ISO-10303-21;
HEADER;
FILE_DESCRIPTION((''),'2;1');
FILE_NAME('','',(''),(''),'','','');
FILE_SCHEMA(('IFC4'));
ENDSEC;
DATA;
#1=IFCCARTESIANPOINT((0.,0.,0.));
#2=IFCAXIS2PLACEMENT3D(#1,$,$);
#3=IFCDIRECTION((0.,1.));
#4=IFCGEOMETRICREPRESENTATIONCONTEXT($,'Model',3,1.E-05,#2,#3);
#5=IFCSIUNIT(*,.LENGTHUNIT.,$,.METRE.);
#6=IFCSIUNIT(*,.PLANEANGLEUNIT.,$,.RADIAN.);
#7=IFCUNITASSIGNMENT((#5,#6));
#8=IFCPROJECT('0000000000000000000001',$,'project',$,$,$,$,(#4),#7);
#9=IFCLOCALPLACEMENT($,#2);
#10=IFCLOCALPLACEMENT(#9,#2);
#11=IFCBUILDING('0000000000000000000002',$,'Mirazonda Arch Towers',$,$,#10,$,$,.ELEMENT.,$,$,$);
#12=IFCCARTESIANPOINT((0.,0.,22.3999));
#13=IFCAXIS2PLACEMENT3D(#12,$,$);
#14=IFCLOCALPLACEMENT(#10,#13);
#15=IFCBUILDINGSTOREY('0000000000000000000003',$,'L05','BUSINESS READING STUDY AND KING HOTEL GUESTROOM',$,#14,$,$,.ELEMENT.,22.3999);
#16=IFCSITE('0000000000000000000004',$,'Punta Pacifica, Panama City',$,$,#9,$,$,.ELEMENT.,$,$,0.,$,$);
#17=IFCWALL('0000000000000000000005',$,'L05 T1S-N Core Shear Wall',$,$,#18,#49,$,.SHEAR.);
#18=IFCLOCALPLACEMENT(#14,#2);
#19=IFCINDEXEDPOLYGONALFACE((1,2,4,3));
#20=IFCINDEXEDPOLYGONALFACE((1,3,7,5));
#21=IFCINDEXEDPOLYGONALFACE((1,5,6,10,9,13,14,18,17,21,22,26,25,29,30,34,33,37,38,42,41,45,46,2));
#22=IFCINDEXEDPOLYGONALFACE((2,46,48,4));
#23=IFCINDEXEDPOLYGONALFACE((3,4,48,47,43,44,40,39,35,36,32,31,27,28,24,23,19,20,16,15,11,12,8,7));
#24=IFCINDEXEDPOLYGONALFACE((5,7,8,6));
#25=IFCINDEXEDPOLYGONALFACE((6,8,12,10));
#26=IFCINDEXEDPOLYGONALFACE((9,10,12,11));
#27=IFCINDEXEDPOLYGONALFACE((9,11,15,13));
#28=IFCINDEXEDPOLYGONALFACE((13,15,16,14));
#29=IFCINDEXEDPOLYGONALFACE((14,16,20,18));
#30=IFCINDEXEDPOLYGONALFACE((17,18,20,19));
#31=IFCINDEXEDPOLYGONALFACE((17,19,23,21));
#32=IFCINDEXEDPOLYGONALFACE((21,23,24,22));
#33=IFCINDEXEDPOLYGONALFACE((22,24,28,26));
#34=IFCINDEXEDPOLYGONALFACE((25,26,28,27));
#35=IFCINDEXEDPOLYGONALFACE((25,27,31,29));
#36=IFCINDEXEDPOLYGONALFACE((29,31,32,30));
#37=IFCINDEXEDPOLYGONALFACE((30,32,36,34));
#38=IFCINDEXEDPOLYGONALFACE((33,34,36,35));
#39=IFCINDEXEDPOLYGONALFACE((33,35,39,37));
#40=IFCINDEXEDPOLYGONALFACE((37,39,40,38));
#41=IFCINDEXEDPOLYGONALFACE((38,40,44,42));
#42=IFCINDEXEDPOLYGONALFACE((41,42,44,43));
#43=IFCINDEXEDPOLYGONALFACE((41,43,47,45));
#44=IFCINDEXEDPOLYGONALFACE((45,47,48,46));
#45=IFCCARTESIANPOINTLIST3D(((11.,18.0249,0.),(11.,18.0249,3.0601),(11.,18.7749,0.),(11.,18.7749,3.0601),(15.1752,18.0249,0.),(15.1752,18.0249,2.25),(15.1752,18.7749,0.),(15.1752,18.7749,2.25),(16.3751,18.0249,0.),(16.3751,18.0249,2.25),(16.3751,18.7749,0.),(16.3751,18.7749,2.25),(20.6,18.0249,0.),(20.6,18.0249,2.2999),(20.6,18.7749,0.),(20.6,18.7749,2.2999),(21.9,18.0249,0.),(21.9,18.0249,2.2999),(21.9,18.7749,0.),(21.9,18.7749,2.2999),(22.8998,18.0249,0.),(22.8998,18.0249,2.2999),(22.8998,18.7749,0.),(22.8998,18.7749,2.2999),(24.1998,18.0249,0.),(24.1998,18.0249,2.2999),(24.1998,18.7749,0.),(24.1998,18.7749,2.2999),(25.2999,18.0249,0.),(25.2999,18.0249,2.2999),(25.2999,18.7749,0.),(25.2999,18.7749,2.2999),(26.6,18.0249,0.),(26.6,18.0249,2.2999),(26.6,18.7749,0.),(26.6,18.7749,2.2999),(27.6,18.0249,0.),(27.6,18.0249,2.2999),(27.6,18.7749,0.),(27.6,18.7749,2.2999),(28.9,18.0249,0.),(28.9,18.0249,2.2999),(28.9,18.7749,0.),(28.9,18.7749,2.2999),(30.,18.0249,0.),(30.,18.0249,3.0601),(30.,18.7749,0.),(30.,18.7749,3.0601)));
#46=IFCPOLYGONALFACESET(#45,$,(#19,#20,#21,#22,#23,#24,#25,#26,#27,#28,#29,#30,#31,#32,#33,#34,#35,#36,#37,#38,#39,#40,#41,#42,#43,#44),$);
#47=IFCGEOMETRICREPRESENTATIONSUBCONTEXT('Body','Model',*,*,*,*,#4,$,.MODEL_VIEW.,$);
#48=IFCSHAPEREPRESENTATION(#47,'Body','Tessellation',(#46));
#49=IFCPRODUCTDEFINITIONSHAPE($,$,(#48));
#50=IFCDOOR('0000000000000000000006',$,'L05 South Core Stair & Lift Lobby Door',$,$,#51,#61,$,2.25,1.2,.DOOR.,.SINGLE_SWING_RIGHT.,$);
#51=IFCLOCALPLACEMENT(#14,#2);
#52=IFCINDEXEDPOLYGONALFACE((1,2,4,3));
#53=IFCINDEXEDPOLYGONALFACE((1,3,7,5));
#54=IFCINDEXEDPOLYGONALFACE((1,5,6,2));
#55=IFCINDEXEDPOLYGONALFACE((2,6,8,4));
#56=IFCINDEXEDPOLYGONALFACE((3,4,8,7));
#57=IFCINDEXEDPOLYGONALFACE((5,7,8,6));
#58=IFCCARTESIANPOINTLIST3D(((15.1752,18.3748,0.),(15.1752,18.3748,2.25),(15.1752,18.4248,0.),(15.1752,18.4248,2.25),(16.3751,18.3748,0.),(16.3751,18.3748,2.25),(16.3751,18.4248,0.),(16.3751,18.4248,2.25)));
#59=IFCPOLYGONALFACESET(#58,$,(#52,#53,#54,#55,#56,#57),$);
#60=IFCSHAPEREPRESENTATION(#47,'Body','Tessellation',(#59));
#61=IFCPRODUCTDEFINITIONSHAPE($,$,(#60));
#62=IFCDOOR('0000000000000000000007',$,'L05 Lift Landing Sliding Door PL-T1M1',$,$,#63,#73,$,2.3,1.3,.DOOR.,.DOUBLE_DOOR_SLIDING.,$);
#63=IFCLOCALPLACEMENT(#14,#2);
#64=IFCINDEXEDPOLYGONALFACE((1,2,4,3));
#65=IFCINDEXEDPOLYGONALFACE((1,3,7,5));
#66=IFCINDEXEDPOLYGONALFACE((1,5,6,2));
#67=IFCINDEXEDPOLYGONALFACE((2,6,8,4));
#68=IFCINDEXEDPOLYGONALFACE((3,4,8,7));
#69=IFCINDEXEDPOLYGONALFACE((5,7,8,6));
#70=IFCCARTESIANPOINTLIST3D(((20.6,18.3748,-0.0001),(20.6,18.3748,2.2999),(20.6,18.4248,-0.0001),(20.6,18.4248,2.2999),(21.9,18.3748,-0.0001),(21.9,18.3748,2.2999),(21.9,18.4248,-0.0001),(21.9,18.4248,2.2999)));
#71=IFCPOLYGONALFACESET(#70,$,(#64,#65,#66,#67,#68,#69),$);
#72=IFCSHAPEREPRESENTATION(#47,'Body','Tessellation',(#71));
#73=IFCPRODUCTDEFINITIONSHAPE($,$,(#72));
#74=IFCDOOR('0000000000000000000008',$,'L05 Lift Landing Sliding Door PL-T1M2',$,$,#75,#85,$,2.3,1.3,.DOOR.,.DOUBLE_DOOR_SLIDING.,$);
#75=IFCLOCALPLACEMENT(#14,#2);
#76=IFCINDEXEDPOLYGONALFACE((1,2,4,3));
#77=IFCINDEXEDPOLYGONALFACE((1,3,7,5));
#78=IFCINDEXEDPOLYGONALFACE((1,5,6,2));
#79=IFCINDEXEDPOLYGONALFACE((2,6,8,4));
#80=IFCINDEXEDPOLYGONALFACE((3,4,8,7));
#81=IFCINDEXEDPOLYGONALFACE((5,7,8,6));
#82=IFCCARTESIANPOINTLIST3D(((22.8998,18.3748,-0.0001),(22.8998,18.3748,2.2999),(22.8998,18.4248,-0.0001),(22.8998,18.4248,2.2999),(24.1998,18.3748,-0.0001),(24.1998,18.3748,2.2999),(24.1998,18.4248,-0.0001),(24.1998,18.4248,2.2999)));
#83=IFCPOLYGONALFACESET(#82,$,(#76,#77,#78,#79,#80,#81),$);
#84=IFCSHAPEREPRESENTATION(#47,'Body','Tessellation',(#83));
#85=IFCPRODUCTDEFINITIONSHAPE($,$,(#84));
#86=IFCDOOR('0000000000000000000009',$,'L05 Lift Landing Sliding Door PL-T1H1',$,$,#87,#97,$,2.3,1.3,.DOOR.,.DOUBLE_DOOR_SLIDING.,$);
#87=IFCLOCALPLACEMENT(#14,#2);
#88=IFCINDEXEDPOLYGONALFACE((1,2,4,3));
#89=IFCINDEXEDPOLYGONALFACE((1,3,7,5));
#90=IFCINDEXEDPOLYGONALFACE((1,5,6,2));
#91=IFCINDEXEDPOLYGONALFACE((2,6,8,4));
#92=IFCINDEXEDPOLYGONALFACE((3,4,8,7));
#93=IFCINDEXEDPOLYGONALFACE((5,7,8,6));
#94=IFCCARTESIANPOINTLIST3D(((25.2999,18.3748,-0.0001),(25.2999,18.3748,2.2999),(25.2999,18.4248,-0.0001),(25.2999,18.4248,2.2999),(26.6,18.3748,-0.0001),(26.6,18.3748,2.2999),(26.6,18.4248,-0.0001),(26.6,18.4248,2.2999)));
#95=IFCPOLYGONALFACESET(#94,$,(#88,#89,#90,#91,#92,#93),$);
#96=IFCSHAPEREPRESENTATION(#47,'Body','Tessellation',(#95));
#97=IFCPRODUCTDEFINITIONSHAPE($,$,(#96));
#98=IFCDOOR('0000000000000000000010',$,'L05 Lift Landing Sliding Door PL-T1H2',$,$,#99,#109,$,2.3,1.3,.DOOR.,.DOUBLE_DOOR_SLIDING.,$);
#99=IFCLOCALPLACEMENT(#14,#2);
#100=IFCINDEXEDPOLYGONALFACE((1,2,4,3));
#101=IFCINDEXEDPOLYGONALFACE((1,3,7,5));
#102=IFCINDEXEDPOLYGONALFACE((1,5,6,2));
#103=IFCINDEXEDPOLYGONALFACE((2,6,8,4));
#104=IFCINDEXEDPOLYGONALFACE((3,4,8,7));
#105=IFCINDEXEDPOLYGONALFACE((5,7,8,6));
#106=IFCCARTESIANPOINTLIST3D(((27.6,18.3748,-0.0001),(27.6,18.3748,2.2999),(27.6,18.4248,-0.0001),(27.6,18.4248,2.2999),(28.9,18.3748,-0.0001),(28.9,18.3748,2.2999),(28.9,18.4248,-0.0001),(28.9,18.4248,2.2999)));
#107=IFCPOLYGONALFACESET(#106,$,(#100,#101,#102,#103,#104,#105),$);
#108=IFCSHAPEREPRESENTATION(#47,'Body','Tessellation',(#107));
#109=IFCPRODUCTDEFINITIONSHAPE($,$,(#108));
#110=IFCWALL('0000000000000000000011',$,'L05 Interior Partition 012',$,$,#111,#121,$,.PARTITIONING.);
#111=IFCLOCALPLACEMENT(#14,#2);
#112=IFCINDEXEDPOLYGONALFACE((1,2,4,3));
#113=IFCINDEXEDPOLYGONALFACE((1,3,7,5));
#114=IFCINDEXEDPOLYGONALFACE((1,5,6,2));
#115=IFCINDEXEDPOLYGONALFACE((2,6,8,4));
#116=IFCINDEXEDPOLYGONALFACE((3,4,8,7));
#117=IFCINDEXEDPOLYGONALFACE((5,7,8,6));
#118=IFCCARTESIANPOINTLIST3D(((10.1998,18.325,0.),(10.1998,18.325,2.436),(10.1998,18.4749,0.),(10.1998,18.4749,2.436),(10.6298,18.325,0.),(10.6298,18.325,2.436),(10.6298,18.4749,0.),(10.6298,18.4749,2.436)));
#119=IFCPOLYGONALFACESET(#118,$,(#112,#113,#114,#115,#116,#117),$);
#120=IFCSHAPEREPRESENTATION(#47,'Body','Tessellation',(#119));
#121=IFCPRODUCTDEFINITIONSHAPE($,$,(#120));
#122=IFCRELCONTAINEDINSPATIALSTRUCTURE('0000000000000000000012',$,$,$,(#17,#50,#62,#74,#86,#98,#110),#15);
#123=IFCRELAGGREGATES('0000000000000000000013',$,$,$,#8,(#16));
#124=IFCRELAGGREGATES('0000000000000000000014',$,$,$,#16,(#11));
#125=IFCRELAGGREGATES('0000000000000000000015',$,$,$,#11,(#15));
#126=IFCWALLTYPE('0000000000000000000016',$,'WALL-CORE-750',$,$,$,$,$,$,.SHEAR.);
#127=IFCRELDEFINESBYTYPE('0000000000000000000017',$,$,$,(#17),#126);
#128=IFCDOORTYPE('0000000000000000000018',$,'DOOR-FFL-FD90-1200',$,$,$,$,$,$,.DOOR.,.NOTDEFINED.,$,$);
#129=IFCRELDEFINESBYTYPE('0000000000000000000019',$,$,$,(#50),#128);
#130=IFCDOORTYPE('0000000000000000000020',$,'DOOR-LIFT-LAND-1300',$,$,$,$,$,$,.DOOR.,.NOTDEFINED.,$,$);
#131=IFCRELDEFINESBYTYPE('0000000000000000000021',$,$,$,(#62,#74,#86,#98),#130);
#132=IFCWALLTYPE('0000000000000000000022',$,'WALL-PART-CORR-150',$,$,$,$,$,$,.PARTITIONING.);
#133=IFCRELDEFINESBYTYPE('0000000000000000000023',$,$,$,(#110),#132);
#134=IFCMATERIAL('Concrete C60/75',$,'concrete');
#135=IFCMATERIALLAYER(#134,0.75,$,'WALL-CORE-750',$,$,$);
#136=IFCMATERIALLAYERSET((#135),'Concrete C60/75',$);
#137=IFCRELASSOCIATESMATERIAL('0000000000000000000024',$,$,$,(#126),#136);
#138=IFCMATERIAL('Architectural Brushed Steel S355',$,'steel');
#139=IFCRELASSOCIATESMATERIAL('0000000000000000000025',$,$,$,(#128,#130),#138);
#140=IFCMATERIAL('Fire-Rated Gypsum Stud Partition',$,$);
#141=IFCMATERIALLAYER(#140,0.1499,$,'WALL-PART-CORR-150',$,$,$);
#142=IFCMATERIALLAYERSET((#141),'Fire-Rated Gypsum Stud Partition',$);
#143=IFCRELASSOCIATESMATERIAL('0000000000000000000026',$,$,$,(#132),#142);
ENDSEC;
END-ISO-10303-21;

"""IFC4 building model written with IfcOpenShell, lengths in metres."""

from ifc_helpers import new_model, si_unit, direction, frame, frame_2d, origin, place, context, subcontext, project, spatial, rectangle, extrude, material, layer, layer_set, type_object, element, fill, save


model = new_model("IFC4")

# Units and contexts
model_context = context("Model", 3, precision=1e-05, world=origin(), true_north=direction((0.0, 1.0)))
body_context = subcontext(model_context, "Body", "Model", "MODEL_VIEW")
ifc_project = project(units=[si_unit("LENGTHUNIT", "METRE"), si_unit("PLANEANGLEUNIT", "RADIAN")], contexts=[model_context])

# Site, building, storey
site_placement = place(None, origin())
site = spatial("IfcSite", under=ifc_project, at=site_placement, Name="Punta Pacifica, Panama City", CompositionType="ELEMENT", RefElevation=0.0)
building_placement = place(site_placement, origin())
building = spatial("IfcBuilding", under=site, at=building_placement, Name="Mirazonda Arch Towers", CompositionType="ELEMENT")
storey_placement = place(building_placement, frame((0.0, 0.0, 22.3999)))
storey = spatial("IfcBuildingStorey", under=building, at=storey_placement, Name="L05", Description="BUSINESS READING STUDY AND KING HOTEL GUESTROOM", CompositionType="ELEMENT", Elevation=22.3999)

# Shared definitions
ifc_material_1 = material(Name="Concrete C60/75", Category="concrete")

# Shared definitions
ifc_material_2 = material(Name="Architectural Brushed Steel S355", Category="steel")

# Wall, openings, doors
ifc_layer_1 = layer(ifc_material_1, 0.75, Name="WALL-CORE-750")
ifc_layer_set_1 = layer_set([ifc_layer_1], Name="Concrete C60/75")
wall_type_1 = type_object("IfcWallType", Name="WALL-CORE-750", PredefinedType="SHEAR", material=ifc_layer_set_1)
wall_1_placement = place(storey_placement, frame((11.0, 18.3999, 0.0), z_axis=(0.0, 0.0, 1.0), x_axis=(1.0, 0.0, 0.0)))
wall_1 = element("IfcWall", 1, at=wall_1_placement, inside=storey, type_object=wall_type_1, Name="L05 T1S-N Core Shear Wall", PredefinedType="SHEAR", context=body_context, shape_type="SweptSolid", body=[
    extrude(rectangle(XDim=19.0, YDim=0.75, at=frame_2d((9.5, 0.0))), origin(), (0.0, 0.0, 1.0), 3.0601),
])
opening_1_placement = place(wall_1_placement, frame((4.175, 0.0, 0.0)))
opening_1 = element("IfcOpeningElement", 2, at=opening_1_placement, cuts=wall_1, PredefinedType="OPENING", context=body_context, shape_type="SweptSolid", body=[
    extrude(rectangle(XDim=1.2, YDim=2.25, at=frame_2d((0.6001, 1.125))), frame((0.0, 0.385, 0.0), z_axis=(0.0, -1.0, 0.0), x_axis=(1.0, 0.0, 0.0)), (0.0, 0.0, 1.0), 0.77),
])
opening_2_placement = place(wall_1_placement, frame((9.6001, 0.0, 0.0)))
opening_2 = element("IfcOpeningElement", 3, at=opening_2_placement, cuts=wall_1, PredefinedType="OPENING", context=body_context, shape_type="SweptSolid", body=[
    extrude(rectangle(XDim=1.3, YDim=2.3, at=frame_2d((0.6499, 1.1499))), frame((0.0, 0.385, 0.0), z_axis=(0.0, -1.0, 0.0), x_axis=(1.0, 0.0, 0.0)), (0.0, 0.0, 1.0), 0.77),
])
opening_3_placement = place(wall_1_placement, frame((11.8999, 0.0, 0.0)))
opening_3 = element("IfcOpeningElement", 4, at=opening_3_placement, cuts=wall_1, PredefinedType="OPENING", context=body_context, shape_type="SweptSolid", body=[
    extrude(rectangle(XDim=1.3, YDim=2.3, at=frame_2d((0.6499, 1.1499))), frame((0.0, 0.385, 0.0), z_axis=(0.0, -1.0, 0.0), x_axis=(1.0, 0.0, 0.0)), (0.0, 0.0, 1.0), 0.77),
])
opening_4_placement = place(wall_1_placement, frame((14.3, 0.0, 0.0)))
opening_4 = element("IfcOpeningElement", 5, at=opening_4_placement, cuts=wall_1, PredefinedType="OPENING", context=body_context, shape_type="SweptSolid", body=[
    extrude(rectangle(XDim=1.3, YDim=2.3, at=frame_2d((0.6499, 1.1499))), frame((0.0, 0.385, 0.0), z_axis=(0.0, -1.0, 0.0), x_axis=(1.0, 0.0, 0.0)), (0.0, 0.0, 1.0), 0.77),
])
opening_5_placement = place(wall_1_placement, frame((16.6001, 0.0, 0.0)))
opening_5 = element("IfcOpeningElement", 6, at=opening_5_placement, cuts=wall_1, PredefinedType="OPENING", context=body_context, shape_type="SweptSolid", body=[
    extrude(rectangle(XDim=1.3, YDim=2.3, at=frame_2d((0.6499, 1.1499))), frame((0.0, 0.385, 0.0), z_axis=(0.0, -1.0, 0.0), x_axis=(1.0, 0.0, 0.0)), (0.0, 0.0, 1.0), 0.77),
])
door_type_1 = type_object("IfcDoorType", Name="DOOR-FFL-FD90-1200", OperationType="NOTDEFINED", PredefinedType="DOOR", material=ifc_material_2)
door_1_placement = place(opening_1_placement, origin())
door_1 = element("IfcDoor", 7, at=door_1_placement, inside=storey, type_object=door_type_1, Name="L05 South Core Stair & Lift Lobby Door", OperationType="SINGLE_SWING_RIGHT", OverallHeight=2.25, OverallWidth=1.2, PredefinedType="DOOR", context=body_context, shape_type="SweptSolid", body=[
    extrude(rectangle(XDim=1.2, YDim=2.25, at=frame_2d((0.6001, 1.125))), frame((0.0, 0.0249, 0.0), z_axis=(0.0, -1.0, 0.0), x_axis=(1.0, 0.0, 0.0)), (0.0, 0.0, 1.0), 0.05),
])
fill(opening_1, door_1)
door_type_2 = type_object("IfcDoorType", Name="DOOR-LIFT-LAND-1300", OperationType="NOTDEFINED", PredefinedType="DOOR", material=ifc_material_2)
door_2_placement = place(opening_2_placement, origin())
door_2 = element("IfcDoor", 8, at=door_2_placement, inside=storey, type_object=door_type_2, Name="L05 Lift Landing Sliding Door PL-T1M1", OperationType="DOUBLE_DOOR_SLIDING", OverallHeight=2.3, OverallWidth=1.3, PredefinedType="DOOR", context=body_context, shape_type="SweptSolid", body=[
    extrude(rectangle(XDim=1.3, YDim=2.3, at=frame_2d((0.6499, 1.1499))), frame((0.0, 0.0249, 0.0), z_axis=(0.0, -1.0, 0.0), x_axis=(1.0, 0.0, 0.0)), (0.0, 0.0, 1.0), 0.05),
])
fill(opening_2, door_2)
door_3_placement = place(opening_3_placement, origin())
door_3 = element("IfcDoor", 9, at=door_3_placement, inside=storey, type_object=door_type_2, Name="L05 Lift Landing Sliding Door PL-T1M2", OperationType="DOUBLE_DOOR_SLIDING", OverallHeight=2.3, OverallWidth=1.3, PredefinedType="DOOR", context=body_context, shape_type="SweptSolid", body=[
    extrude(rectangle(XDim=1.3, YDim=2.3, at=frame_2d((0.6499, 1.1499))), frame((0.0, 0.0249, 0.0), z_axis=(0.0, -1.0, 0.0), x_axis=(1.0, 0.0, 0.0)), (0.0, 0.0, 1.0), 0.05),
])
fill(opening_3, door_3)
door_4_placement = place(opening_4_placement, origin())
door_4 = element("IfcDoor", 10, at=door_4_placement, inside=storey, type_object=door_type_2, Name="L05 Lift Landing Sliding Door PL-T1H1", OperationType="DOUBLE_DOOR_SLIDING", OverallHeight=2.3, OverallWidth=1.3, PredefinedType="DOOR", context=body_context, shape_type="SweptSolid", body=[
    extrude(rectangle(XDim=1.3, YDim=2.3, at=frame_2d((0.6499, 1.1499))), frame((0.0, 0.0249, 0.0), z_axis=(0.0, -1.0, 0.0), x_axis=(1.0, 0.0, 0.0)), (0.0, 0.0, 1.0), 0.05),
])
fill(opening_4, door_4)
door_5_placement = place(opening_5_placement, origin())
door_5 = element("IfcDoor", 11, at=door_5_placement, inside=storey, type_object=door_type_2, Name="L05 Lift Landing Sliding Door PL-T1H2", OperationType="DOUBLE_DOOR_SLIDING", OverallHeight=2.3, OverallWidth=1.3, PredefinedType="DOOR", context=body_context, shape_type="SweptSolid", body=[
    extrude(rectangle(XDim=1.3, YDim=2.3, at=frame_2d((0.6499, 1.1499))), frame((0.0, 0.0249, 0.0), z_axis=(0.0, -1.0, 0.0), x_axis=(1.0, 0.0, 0.0)), (0.0, 0.0, 1.0), 0.05),
])
fill(opening_5, door_5)

# Wall
ifc_material_3 = material(Name="Fire-Rated Gypsum Stud Partition")
ifc_layer_2 = layer(ifc_material_3, 0.1499, Name="WALL-PART-CORR-150")
ifc_layer_set_2 = layer_set([ifc_layer_2], Name="Fire-Rated Gypsum Stud Partition")
wall_type_2 = type_object("IfcWallType", Name="WALL-PART-CORR-150", PredefinedType="PARTITIONING", material=ifc_layer_set_2)
wall_2_placement = place(storey_placement, frame((10.2, 18.3999, 0.0), z_axis=(0.0, 0.0, 1.0), x_axis=(1.0, 0.0, 0.0)))
element("IfcWall", 12, at=wall_2_placement, inside=storey, type_object=wall_type_2, Name="L05 Interior Partition 012", PredefinedType="PARTITIONING", context=body_context, shape_type="SweptSolid", body=[
    extrude(rectangle(XDim=0.4299, YDim=0.1499, at=frame_2d((0.2148, 0.0))), origin(), (0.0, 0.0, 1.0), 2.436),
])

save(model, "model.ifc")
